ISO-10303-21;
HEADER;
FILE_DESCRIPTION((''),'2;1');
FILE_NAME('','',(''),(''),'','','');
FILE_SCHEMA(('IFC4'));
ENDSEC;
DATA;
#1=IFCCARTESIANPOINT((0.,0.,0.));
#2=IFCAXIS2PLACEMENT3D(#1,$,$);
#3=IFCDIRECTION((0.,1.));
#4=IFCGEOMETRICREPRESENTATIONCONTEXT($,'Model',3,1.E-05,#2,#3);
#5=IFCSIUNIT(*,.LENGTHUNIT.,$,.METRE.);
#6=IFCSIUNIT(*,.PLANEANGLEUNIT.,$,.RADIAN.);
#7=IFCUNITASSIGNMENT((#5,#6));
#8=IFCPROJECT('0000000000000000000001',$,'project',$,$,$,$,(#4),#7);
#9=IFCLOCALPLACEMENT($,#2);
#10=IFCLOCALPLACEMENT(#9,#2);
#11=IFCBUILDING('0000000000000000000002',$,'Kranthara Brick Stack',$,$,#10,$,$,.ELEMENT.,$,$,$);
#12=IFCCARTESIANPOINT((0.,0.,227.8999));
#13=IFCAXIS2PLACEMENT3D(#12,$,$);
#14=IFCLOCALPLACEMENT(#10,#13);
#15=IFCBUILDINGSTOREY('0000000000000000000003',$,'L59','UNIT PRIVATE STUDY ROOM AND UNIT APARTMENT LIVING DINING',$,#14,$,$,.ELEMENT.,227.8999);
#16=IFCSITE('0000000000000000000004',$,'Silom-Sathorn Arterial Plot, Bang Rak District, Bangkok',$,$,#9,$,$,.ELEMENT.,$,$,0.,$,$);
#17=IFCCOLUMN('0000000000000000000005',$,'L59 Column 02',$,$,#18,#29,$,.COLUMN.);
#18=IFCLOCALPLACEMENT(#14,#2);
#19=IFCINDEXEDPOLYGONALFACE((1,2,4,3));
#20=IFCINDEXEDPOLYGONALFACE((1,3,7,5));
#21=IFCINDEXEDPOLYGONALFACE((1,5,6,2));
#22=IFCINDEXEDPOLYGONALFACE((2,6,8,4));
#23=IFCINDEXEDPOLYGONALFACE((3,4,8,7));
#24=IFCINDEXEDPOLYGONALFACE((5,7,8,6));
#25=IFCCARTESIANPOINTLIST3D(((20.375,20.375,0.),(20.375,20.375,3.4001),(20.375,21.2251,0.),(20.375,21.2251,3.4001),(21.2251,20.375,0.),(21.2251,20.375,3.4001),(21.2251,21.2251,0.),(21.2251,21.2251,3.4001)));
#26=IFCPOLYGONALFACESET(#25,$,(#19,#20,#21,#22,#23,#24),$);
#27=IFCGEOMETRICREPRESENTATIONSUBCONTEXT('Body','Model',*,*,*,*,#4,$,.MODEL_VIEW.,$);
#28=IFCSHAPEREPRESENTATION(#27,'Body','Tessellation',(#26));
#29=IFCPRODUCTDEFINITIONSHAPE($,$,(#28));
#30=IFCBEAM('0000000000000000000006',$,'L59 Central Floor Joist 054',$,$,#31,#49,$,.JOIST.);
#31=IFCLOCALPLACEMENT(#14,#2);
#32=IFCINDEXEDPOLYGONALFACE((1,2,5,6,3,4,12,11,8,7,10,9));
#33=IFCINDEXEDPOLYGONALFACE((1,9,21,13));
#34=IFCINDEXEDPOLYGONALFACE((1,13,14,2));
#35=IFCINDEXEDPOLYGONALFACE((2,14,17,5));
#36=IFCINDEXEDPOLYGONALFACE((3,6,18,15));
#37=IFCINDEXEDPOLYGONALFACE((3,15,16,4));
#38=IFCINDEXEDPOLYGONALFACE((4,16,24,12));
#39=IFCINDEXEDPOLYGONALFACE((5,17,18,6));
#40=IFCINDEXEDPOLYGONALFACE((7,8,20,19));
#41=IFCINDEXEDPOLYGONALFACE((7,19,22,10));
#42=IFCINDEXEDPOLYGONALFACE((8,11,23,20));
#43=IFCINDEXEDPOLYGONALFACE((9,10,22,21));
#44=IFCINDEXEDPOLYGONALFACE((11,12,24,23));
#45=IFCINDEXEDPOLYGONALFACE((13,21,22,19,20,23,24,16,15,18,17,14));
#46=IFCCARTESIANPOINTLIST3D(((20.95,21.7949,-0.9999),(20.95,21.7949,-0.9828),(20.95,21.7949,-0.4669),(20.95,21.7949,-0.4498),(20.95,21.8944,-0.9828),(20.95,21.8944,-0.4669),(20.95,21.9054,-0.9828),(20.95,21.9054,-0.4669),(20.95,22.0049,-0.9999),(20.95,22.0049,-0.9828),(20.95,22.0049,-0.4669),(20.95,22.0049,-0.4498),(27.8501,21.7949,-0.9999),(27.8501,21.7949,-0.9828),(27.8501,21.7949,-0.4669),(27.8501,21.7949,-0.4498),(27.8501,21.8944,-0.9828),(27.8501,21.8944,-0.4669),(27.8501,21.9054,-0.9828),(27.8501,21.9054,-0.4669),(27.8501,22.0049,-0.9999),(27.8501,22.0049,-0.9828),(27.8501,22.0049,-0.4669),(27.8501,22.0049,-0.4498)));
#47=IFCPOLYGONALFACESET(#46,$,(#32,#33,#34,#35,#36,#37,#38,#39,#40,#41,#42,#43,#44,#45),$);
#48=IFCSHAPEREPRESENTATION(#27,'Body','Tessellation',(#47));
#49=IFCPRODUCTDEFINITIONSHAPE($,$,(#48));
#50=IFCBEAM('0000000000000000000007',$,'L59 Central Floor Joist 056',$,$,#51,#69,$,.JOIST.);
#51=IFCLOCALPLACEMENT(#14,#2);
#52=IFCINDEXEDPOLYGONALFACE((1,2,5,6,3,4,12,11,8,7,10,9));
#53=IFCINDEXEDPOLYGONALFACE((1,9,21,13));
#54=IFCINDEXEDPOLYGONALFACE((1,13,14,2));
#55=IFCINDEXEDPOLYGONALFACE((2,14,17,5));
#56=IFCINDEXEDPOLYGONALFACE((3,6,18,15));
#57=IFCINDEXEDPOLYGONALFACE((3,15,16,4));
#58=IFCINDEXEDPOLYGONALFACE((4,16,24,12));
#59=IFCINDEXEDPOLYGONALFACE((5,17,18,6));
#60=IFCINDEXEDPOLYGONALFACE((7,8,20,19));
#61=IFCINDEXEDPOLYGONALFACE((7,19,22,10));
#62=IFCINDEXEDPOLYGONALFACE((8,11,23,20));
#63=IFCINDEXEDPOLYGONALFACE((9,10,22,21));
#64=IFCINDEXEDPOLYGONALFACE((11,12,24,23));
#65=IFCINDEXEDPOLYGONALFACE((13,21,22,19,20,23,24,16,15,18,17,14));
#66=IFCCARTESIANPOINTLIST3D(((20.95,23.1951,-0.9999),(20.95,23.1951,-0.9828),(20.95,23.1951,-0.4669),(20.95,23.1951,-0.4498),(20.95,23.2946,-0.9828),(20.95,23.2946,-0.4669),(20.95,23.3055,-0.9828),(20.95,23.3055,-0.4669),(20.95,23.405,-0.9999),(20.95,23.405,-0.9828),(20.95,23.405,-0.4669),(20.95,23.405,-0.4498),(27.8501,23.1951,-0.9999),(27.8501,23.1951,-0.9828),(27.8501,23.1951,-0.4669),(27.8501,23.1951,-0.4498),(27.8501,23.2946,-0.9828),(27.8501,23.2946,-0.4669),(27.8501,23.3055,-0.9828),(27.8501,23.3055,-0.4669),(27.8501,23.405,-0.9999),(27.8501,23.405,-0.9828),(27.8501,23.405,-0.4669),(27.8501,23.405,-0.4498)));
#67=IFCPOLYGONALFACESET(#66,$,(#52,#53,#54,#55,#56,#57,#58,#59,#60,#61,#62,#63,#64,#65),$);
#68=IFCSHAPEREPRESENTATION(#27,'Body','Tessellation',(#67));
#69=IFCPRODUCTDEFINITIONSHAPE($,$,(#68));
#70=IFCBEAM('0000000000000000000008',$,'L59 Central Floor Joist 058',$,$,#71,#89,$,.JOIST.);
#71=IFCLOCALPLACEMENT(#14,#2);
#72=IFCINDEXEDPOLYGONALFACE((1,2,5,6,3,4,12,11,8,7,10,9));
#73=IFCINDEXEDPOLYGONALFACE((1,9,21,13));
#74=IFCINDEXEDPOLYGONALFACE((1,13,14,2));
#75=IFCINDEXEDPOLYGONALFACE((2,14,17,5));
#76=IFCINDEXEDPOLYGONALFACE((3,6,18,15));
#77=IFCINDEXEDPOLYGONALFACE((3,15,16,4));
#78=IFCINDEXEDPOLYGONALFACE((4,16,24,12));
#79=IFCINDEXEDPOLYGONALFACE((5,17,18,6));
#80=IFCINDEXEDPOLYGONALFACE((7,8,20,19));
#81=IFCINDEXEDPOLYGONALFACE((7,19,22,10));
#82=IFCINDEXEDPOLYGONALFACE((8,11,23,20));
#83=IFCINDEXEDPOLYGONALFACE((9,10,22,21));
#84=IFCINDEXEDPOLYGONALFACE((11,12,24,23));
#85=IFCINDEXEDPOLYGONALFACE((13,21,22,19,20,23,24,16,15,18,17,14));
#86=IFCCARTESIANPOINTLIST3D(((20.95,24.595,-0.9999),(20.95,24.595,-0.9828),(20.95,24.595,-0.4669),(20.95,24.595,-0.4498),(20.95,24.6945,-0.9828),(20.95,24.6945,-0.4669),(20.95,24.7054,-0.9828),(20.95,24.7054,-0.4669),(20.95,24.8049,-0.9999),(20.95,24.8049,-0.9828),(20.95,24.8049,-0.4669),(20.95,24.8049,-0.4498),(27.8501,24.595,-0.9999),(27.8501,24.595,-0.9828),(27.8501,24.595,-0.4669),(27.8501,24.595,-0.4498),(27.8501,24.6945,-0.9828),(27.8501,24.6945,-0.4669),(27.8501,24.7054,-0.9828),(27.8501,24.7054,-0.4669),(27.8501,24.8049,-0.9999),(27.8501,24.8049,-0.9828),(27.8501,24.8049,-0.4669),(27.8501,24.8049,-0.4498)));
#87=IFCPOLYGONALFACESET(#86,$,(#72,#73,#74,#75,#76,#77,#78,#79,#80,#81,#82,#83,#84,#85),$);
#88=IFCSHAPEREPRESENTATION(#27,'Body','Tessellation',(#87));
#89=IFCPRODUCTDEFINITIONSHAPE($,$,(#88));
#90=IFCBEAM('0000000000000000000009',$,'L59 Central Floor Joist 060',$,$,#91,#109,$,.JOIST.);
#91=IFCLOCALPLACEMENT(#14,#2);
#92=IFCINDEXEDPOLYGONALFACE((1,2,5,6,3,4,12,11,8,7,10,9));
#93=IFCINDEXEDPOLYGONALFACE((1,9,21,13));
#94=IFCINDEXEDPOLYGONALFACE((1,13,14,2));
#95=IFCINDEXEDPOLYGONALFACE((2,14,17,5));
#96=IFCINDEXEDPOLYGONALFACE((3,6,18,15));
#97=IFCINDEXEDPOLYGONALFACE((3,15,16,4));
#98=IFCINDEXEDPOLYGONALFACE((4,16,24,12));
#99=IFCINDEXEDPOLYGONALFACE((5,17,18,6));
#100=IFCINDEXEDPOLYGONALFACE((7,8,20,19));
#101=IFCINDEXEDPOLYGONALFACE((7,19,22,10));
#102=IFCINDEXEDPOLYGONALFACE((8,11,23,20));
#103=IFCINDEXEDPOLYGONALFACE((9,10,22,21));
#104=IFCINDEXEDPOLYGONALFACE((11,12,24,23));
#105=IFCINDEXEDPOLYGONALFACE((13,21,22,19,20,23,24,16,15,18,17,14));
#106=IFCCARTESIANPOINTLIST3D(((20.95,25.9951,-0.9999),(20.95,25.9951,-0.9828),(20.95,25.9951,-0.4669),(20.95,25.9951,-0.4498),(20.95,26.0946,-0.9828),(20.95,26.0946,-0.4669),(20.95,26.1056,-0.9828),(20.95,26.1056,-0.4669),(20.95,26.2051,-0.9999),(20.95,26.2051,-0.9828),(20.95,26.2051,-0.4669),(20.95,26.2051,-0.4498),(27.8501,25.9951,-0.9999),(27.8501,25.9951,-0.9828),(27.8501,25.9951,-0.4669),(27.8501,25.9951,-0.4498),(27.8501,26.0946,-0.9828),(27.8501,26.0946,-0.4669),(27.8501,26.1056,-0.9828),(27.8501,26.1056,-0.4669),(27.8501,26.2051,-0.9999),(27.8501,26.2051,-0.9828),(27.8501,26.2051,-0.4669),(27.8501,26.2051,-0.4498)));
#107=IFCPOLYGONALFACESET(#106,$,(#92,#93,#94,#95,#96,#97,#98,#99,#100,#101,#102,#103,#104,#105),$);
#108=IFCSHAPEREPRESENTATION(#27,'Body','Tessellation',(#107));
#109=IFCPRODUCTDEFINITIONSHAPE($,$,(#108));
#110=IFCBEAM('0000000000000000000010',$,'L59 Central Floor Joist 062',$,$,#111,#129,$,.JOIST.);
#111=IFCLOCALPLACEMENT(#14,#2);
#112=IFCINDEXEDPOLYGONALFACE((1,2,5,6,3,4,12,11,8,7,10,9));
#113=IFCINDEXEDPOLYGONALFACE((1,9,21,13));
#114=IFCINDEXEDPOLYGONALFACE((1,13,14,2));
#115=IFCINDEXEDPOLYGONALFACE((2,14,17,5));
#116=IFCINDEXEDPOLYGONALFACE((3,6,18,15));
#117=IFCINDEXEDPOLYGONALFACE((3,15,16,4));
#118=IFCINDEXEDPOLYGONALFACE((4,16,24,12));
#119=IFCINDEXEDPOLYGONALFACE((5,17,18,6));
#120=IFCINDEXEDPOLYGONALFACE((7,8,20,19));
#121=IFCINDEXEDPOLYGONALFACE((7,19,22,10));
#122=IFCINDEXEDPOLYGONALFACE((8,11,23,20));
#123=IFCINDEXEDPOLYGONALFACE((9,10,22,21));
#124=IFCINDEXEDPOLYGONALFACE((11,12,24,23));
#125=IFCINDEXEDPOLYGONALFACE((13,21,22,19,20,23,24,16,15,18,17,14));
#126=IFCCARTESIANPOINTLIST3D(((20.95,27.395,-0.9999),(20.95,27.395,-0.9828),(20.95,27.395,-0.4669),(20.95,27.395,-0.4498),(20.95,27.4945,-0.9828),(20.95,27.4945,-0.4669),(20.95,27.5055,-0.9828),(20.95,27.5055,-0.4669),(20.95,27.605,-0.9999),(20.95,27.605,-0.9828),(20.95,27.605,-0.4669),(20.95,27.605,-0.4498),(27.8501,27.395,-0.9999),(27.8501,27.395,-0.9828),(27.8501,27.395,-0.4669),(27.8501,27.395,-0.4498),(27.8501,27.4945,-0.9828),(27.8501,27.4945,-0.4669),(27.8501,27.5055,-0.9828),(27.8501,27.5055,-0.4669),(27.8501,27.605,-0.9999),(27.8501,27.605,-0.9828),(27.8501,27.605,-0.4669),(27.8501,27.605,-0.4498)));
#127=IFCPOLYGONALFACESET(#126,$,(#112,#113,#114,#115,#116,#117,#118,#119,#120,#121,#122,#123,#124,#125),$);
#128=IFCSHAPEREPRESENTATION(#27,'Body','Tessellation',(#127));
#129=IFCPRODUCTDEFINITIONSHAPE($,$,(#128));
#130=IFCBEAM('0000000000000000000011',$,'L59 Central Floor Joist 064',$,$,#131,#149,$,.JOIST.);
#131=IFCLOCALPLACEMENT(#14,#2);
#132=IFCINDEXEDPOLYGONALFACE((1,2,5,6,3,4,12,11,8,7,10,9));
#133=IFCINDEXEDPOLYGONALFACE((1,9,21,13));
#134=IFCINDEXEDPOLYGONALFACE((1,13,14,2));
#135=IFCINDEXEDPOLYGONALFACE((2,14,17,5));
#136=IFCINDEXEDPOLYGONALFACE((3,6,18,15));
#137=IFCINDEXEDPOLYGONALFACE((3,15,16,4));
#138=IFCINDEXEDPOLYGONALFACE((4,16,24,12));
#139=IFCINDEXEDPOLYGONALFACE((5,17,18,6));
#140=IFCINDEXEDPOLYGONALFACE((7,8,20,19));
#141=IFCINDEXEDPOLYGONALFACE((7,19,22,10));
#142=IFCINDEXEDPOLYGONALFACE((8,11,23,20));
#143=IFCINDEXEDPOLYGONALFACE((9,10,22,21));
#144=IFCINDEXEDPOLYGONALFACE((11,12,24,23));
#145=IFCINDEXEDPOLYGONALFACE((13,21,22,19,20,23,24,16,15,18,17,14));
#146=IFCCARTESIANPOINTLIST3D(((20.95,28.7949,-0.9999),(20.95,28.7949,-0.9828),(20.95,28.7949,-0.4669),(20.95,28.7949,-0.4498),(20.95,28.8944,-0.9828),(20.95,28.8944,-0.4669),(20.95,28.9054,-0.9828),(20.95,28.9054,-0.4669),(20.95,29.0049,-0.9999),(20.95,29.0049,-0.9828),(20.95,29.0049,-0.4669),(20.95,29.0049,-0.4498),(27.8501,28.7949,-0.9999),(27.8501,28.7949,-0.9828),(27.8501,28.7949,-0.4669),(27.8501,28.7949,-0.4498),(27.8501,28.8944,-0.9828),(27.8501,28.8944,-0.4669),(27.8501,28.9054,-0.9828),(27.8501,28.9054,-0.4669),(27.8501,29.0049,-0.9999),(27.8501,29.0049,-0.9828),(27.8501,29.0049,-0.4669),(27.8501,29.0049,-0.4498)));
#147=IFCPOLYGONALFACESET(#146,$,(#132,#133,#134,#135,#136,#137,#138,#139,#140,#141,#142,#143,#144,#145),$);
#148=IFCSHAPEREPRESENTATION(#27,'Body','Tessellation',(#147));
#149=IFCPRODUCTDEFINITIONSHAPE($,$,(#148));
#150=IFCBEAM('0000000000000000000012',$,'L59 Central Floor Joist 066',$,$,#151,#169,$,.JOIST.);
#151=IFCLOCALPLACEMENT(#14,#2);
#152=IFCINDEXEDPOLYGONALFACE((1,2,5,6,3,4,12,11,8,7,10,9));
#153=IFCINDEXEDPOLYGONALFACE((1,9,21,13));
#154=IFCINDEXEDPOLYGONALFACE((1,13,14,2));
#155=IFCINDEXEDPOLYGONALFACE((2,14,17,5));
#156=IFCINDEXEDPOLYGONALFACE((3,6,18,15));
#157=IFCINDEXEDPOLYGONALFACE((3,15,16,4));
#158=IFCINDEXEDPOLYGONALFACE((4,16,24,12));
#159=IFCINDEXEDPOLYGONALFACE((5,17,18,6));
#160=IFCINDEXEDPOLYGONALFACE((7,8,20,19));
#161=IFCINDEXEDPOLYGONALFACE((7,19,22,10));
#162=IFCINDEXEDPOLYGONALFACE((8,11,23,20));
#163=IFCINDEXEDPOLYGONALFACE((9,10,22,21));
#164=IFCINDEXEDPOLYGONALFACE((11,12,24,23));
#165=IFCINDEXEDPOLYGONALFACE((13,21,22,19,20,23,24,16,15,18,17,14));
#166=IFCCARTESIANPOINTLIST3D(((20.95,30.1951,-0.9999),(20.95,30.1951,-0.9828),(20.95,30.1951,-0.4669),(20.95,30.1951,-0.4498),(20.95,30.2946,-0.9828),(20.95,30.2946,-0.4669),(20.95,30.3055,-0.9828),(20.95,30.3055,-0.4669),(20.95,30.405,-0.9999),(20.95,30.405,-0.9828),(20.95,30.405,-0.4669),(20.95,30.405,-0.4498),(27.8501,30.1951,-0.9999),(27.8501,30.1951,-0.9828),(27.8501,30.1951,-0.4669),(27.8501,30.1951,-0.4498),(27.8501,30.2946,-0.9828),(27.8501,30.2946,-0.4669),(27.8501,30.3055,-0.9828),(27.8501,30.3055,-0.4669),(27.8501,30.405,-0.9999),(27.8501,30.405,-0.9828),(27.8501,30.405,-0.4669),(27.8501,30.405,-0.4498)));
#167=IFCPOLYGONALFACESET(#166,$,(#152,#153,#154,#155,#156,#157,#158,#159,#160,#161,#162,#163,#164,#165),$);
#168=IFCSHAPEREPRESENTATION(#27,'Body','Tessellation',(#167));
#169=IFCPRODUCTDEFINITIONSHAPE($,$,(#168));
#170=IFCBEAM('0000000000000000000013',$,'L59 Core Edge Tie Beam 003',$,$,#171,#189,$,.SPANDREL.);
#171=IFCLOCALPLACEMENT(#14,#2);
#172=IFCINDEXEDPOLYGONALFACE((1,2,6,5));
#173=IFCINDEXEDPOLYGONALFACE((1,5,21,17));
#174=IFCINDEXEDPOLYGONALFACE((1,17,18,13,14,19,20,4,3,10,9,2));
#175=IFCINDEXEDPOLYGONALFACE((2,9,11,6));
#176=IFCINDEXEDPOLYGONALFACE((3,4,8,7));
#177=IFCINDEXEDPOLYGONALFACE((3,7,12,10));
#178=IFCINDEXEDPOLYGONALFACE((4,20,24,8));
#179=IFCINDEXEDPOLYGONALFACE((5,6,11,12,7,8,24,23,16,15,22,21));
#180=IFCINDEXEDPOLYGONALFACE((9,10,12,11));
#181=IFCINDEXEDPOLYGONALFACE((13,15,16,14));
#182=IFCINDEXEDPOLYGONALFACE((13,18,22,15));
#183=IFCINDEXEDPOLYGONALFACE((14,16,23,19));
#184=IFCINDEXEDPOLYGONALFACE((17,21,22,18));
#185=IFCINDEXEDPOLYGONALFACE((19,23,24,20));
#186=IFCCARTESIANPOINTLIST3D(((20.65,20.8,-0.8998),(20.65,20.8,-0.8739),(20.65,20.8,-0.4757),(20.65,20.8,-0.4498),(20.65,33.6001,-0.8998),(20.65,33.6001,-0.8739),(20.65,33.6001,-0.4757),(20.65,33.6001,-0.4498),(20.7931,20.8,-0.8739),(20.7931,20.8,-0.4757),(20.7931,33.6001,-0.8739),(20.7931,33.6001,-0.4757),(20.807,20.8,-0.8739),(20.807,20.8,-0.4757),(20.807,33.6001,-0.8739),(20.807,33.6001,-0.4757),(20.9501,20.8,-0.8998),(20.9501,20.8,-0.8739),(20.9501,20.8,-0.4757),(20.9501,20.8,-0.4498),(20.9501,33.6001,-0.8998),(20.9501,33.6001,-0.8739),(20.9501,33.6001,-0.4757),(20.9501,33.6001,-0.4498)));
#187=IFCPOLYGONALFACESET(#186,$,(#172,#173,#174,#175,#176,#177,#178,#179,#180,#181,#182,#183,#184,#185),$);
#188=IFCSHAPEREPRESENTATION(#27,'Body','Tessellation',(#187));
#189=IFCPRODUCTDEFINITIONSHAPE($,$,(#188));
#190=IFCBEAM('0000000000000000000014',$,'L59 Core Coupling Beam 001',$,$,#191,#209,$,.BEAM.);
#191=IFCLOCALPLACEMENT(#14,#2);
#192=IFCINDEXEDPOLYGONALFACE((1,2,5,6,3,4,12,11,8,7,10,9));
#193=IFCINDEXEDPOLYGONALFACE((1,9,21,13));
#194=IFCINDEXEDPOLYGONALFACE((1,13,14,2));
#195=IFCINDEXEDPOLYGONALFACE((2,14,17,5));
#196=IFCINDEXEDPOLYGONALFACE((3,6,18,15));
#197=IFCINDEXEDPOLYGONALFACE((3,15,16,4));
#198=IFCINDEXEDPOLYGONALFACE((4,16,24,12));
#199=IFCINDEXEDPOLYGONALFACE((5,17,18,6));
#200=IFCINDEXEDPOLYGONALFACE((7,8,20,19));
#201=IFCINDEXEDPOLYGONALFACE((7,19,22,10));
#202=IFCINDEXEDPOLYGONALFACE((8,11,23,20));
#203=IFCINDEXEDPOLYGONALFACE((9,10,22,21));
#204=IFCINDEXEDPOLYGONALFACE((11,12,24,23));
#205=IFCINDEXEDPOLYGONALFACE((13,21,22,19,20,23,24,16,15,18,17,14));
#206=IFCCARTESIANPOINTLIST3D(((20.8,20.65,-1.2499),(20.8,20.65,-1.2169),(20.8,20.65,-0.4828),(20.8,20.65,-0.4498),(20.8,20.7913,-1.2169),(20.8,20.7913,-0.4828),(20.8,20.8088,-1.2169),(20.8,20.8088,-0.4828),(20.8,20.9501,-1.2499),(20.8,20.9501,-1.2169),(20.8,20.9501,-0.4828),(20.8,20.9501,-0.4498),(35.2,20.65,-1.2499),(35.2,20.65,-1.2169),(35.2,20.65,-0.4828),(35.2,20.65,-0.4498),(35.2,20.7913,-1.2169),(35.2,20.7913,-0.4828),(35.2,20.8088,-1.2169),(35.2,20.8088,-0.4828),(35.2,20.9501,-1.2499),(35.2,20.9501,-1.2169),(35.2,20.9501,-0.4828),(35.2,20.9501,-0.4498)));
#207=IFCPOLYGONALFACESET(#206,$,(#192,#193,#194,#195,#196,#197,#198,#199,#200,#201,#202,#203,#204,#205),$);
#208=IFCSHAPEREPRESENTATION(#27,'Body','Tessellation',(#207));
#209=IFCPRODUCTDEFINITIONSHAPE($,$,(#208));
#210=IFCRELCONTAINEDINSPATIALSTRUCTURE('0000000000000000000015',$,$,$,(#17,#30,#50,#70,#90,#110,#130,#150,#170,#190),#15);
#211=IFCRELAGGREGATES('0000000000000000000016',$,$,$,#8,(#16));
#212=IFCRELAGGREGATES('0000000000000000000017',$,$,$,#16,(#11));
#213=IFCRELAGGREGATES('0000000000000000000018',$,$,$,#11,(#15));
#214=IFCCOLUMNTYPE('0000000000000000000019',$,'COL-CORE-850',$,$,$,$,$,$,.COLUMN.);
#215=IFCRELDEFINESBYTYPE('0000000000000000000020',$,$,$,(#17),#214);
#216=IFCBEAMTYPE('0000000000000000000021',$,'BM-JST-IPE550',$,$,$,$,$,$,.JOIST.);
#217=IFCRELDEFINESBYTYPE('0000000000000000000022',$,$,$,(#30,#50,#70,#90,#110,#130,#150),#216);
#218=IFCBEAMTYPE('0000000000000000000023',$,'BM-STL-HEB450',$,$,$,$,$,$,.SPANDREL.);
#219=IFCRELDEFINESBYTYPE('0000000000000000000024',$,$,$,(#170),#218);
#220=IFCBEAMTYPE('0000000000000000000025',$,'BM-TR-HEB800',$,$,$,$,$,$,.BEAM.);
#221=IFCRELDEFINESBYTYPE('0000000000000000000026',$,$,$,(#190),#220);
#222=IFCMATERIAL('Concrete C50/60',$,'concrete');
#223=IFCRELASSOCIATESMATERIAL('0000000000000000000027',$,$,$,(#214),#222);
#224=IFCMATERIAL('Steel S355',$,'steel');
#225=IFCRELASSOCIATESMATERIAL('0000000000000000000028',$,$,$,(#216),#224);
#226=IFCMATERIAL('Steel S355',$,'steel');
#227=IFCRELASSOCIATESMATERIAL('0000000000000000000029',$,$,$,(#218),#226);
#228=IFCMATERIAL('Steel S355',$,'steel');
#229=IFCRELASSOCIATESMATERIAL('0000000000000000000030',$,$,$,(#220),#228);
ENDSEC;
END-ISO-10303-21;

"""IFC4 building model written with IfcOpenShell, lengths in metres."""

from ifc_helpers import new_model, si_unit, direction, frame, origin, origin_2d, place, context, subcontext, project, spatial, rectangle, i_section, extrude, material, material_profile, profile_set, type_object, element, save


model = new_model("IFC4")

# Units and contexts
model_context = context("Model", 3, precision=1e-05, world=origin(), true_north=direction((0.0, 1.0)))
body_context = subcontext(model_context, "Body", "Model", "MODEL_VIEW")
ifc_project = project(units=[si_unit("LENGTHUNIT", "METRE"), si_unit("PLANEANGLEUNIT", "RADIAN")], contexts=[model_context])

# Site, building, storey
site_placement = place(None, origin())
site = spatial("IfcSite", under=ifc_project, at=site_placement, Name="Silom-Sathorn Arterial Plot, Bang Rak District, Bangkok", CompositionType="ELEMENT", RefElevation=0.0)
building_placement = place(site_placement, origin())
building = spatial("IfcBuilding", under=site, at=building_placement, Name="Kranthara Brick Stack", CompositionType="ELEMENT")
storey_placement = place(building_placement, frame((0.0, 0.0, 227.8999)))
storey = spatial("IfcBuildingStorey", under=building, at=storey_placement, Name="L59", Description="UNIT PRIVATE STUDY ROOM AND UNIT APARTMENT LIVING DINING", CompositionType="ELEMENT", Elevation=227.8999)

# Column
ifc_material_1 = material(Name="Concrete C50/60", Category="concrete")
ifc_material_profile_1 = material_profile(ifc_material_1, rectangle(XDim=0.8501, YDim=0.8501, at=origin_2d()), Name="RC 850x850")
ifc_profile_set_1 = profile_set([ifc_material_profile_1], Name="Concrete C50/60")
column_type = type_object("IfcColumnType", Name="COL-CORE-850", PredefinedType="COLUMN", material=ifc_profile_set_1)
column_placement = place(storey_placement, frame((20.8, 20.8, 0.0), z_axis=(0.0, 0.0, 1.0), x_axis=(1.0, 0.0, 0.0)))
element("IfcColumn", 1, at=column_placement, inside=storey, type_object=column_type, Name="L59 Column 02", PredefinedType="COLUMN", context=body_context, shape_type="SweptSolid", body=[
    extrude(rectangle(XDim=0.8501, YDim=0.8501, at=origin_2d()), origin(), (0.0, 0.0, 1.0), 3.4001),
])

# Beams
ifc_material_2 = material(Name="Steel S355", Category="steel")
ifc_material_profile_2 = material_profile(ifc_material_2, i_section(OverallWidth=0.21, OverallDepth=0.55, WebThickness=0.011, FlangeThickness=0.0171, at=origin_2d()), Name="IPE 550")
ifc_profile_set_2 = profile_set([ifc_material_profile_2], Name="Steel S355")
beam_type_1 = type_object("IfcBeamType", Name="BM-JST-IPE550", PredefinedType="JOIST", material=ifc_profile_set_2)
for number, where, z_axis, x_axis, name in (
    (2, (20.95, 21.8999, -0.7249), (1.0, 0.0, 0.0), (0.0, 1.0, 0.0), "L59 Central Floor Joist 054"),
    (3, (20.95, 23.3, -0.7249), (1.0, 0.0, 0.0), (0.0, 1.0, 0.0), "L59 Central Floor Joist 056"),
    (4, (20.95, 24.7, -0.7249), (1.0, 0.0, 0.0), (0.0, 1.0, 0.0), "L59 Central Floor Joist 058"),
    (5, (20.95, 26.1001, -0.7249), (1.0, 0.0, 0.0), (0.0, 1.0, 0.0), "L59 Central Floor Joist 060"),
    (6, (20.95, 27.5, -0.7249), (1.0, 0.0, 0.0), (0.0, 1.0, 0.0), "L59 Central Floor Joist 062"),
    (7, (20.95, 28.8999, -0.7249), (1.0, 0.0, 0.0), (0.0, 1.0, 0.0), "L59 Central Floor Joist 064"),
    (8, (20.95, 30.3, -0.7249), (1.0, 0.0, 0.0), (0.0, 1.0, 0.0), "L59 Central Floor Joist 066"),
):
    element("IfcBeam", number, at=place(storey_placement, frame(where, z_axis=z_axis, x_axis=x_axis)), inside=storey, type_object=beam_type_1, Name=name, PredefinedType="JOIST", context=body_context, shape_type="SweptSolid", body=[
        extrude(i_section(OverallWidth=0.21, OverallDepth=0.55, WebThickness=0.011, FlangeThickness=0.0171, at=origin_2d()), origin(), (0.0, 0.0, 1.0), 6.9001),
    ])
ifc_material_3 = material(Name="Steel S355", Category="steel")
ifc_material_profile_3 = material_profile(ifc_material_3, i_section(OverallWidth=0.3, OverallDepth=0.45, WebThickness=0.0139, FlangeThickness=0.0259, at=origin_2d()), Name="HEB 450")
ifc_profile_set_3 = profile_set([ifc_material_profile_3], Name="Steel S355")
beam_type_2 = type_object("IfcBeamType", Name="BM-STL-HEB450", PredefinedType="SPANDREL", material=ifc_profile_set_3)
beam_1_placement = place(storey_placement, frame((20.8, 20.8, -0.6748), z_axis=(0.0, 1.0, 0.0), x_axis=(-1.0, 0.0, 0.0)))
element("IfcBeam", 9, at=beam_1_placement, inside=storey, type_object=beam_type_2, Name="L59 Core Edge Tie Beam 003", PredefinedType="SPANDREL", context=body_context, shape_type="SweptSolid", body=[
    extrude(i_section(OverallWidth=0.3, OverallDepth=0.45, WebThickness=0.0139, FlangeThickness=0.0259, at=origin_2d()), origin(), (0.0, 0.0, 1.0), 12.8),
])
ifc_material_4 = material(Name="Steel S355", Category="steel")
ifc_material_profile_4 = material_profile(ifc_material_4, i_section(OverallWidth=0.3, OverallDepth=0.8, WebThickness=0.0176, FlangeThickness=0.033, at=origin_2d()), Name="HEB 800")
ifc_profile_set_4 = profile_set([ifc_material_profile_4], Name="Steel S355")
beam_type_3 = type_object("IfcBeamType", Name="BM-TR-HEB800", PredefinedType="BEAM", material=ifc_profile_set_4)
beam_2_placement = place(storey_placement, frame((20.8, 20.8, -0.8499), z_axis=(1.0, 0.0, 0.0), x_axis=(0.0, 1.0, 0.0)))
element("IfcBeam", 10, at=beam_2_placement, inside=storey, type_object=beam_type_3, Name="L59 Core Coupling Beam 001", PredefinedType="BEAM", context=body_context, shape_type="SweptSolid", body=[
    extrude(i_section(OverallWidth=0.3, OverallDepth=0.8, WebThickness=0.0176, FlangeThickness=0.033, at=origin_2d()), origin(), (0.0, 0.0, 1.0), 14.3999),
])

save(model, "model.ifc")
